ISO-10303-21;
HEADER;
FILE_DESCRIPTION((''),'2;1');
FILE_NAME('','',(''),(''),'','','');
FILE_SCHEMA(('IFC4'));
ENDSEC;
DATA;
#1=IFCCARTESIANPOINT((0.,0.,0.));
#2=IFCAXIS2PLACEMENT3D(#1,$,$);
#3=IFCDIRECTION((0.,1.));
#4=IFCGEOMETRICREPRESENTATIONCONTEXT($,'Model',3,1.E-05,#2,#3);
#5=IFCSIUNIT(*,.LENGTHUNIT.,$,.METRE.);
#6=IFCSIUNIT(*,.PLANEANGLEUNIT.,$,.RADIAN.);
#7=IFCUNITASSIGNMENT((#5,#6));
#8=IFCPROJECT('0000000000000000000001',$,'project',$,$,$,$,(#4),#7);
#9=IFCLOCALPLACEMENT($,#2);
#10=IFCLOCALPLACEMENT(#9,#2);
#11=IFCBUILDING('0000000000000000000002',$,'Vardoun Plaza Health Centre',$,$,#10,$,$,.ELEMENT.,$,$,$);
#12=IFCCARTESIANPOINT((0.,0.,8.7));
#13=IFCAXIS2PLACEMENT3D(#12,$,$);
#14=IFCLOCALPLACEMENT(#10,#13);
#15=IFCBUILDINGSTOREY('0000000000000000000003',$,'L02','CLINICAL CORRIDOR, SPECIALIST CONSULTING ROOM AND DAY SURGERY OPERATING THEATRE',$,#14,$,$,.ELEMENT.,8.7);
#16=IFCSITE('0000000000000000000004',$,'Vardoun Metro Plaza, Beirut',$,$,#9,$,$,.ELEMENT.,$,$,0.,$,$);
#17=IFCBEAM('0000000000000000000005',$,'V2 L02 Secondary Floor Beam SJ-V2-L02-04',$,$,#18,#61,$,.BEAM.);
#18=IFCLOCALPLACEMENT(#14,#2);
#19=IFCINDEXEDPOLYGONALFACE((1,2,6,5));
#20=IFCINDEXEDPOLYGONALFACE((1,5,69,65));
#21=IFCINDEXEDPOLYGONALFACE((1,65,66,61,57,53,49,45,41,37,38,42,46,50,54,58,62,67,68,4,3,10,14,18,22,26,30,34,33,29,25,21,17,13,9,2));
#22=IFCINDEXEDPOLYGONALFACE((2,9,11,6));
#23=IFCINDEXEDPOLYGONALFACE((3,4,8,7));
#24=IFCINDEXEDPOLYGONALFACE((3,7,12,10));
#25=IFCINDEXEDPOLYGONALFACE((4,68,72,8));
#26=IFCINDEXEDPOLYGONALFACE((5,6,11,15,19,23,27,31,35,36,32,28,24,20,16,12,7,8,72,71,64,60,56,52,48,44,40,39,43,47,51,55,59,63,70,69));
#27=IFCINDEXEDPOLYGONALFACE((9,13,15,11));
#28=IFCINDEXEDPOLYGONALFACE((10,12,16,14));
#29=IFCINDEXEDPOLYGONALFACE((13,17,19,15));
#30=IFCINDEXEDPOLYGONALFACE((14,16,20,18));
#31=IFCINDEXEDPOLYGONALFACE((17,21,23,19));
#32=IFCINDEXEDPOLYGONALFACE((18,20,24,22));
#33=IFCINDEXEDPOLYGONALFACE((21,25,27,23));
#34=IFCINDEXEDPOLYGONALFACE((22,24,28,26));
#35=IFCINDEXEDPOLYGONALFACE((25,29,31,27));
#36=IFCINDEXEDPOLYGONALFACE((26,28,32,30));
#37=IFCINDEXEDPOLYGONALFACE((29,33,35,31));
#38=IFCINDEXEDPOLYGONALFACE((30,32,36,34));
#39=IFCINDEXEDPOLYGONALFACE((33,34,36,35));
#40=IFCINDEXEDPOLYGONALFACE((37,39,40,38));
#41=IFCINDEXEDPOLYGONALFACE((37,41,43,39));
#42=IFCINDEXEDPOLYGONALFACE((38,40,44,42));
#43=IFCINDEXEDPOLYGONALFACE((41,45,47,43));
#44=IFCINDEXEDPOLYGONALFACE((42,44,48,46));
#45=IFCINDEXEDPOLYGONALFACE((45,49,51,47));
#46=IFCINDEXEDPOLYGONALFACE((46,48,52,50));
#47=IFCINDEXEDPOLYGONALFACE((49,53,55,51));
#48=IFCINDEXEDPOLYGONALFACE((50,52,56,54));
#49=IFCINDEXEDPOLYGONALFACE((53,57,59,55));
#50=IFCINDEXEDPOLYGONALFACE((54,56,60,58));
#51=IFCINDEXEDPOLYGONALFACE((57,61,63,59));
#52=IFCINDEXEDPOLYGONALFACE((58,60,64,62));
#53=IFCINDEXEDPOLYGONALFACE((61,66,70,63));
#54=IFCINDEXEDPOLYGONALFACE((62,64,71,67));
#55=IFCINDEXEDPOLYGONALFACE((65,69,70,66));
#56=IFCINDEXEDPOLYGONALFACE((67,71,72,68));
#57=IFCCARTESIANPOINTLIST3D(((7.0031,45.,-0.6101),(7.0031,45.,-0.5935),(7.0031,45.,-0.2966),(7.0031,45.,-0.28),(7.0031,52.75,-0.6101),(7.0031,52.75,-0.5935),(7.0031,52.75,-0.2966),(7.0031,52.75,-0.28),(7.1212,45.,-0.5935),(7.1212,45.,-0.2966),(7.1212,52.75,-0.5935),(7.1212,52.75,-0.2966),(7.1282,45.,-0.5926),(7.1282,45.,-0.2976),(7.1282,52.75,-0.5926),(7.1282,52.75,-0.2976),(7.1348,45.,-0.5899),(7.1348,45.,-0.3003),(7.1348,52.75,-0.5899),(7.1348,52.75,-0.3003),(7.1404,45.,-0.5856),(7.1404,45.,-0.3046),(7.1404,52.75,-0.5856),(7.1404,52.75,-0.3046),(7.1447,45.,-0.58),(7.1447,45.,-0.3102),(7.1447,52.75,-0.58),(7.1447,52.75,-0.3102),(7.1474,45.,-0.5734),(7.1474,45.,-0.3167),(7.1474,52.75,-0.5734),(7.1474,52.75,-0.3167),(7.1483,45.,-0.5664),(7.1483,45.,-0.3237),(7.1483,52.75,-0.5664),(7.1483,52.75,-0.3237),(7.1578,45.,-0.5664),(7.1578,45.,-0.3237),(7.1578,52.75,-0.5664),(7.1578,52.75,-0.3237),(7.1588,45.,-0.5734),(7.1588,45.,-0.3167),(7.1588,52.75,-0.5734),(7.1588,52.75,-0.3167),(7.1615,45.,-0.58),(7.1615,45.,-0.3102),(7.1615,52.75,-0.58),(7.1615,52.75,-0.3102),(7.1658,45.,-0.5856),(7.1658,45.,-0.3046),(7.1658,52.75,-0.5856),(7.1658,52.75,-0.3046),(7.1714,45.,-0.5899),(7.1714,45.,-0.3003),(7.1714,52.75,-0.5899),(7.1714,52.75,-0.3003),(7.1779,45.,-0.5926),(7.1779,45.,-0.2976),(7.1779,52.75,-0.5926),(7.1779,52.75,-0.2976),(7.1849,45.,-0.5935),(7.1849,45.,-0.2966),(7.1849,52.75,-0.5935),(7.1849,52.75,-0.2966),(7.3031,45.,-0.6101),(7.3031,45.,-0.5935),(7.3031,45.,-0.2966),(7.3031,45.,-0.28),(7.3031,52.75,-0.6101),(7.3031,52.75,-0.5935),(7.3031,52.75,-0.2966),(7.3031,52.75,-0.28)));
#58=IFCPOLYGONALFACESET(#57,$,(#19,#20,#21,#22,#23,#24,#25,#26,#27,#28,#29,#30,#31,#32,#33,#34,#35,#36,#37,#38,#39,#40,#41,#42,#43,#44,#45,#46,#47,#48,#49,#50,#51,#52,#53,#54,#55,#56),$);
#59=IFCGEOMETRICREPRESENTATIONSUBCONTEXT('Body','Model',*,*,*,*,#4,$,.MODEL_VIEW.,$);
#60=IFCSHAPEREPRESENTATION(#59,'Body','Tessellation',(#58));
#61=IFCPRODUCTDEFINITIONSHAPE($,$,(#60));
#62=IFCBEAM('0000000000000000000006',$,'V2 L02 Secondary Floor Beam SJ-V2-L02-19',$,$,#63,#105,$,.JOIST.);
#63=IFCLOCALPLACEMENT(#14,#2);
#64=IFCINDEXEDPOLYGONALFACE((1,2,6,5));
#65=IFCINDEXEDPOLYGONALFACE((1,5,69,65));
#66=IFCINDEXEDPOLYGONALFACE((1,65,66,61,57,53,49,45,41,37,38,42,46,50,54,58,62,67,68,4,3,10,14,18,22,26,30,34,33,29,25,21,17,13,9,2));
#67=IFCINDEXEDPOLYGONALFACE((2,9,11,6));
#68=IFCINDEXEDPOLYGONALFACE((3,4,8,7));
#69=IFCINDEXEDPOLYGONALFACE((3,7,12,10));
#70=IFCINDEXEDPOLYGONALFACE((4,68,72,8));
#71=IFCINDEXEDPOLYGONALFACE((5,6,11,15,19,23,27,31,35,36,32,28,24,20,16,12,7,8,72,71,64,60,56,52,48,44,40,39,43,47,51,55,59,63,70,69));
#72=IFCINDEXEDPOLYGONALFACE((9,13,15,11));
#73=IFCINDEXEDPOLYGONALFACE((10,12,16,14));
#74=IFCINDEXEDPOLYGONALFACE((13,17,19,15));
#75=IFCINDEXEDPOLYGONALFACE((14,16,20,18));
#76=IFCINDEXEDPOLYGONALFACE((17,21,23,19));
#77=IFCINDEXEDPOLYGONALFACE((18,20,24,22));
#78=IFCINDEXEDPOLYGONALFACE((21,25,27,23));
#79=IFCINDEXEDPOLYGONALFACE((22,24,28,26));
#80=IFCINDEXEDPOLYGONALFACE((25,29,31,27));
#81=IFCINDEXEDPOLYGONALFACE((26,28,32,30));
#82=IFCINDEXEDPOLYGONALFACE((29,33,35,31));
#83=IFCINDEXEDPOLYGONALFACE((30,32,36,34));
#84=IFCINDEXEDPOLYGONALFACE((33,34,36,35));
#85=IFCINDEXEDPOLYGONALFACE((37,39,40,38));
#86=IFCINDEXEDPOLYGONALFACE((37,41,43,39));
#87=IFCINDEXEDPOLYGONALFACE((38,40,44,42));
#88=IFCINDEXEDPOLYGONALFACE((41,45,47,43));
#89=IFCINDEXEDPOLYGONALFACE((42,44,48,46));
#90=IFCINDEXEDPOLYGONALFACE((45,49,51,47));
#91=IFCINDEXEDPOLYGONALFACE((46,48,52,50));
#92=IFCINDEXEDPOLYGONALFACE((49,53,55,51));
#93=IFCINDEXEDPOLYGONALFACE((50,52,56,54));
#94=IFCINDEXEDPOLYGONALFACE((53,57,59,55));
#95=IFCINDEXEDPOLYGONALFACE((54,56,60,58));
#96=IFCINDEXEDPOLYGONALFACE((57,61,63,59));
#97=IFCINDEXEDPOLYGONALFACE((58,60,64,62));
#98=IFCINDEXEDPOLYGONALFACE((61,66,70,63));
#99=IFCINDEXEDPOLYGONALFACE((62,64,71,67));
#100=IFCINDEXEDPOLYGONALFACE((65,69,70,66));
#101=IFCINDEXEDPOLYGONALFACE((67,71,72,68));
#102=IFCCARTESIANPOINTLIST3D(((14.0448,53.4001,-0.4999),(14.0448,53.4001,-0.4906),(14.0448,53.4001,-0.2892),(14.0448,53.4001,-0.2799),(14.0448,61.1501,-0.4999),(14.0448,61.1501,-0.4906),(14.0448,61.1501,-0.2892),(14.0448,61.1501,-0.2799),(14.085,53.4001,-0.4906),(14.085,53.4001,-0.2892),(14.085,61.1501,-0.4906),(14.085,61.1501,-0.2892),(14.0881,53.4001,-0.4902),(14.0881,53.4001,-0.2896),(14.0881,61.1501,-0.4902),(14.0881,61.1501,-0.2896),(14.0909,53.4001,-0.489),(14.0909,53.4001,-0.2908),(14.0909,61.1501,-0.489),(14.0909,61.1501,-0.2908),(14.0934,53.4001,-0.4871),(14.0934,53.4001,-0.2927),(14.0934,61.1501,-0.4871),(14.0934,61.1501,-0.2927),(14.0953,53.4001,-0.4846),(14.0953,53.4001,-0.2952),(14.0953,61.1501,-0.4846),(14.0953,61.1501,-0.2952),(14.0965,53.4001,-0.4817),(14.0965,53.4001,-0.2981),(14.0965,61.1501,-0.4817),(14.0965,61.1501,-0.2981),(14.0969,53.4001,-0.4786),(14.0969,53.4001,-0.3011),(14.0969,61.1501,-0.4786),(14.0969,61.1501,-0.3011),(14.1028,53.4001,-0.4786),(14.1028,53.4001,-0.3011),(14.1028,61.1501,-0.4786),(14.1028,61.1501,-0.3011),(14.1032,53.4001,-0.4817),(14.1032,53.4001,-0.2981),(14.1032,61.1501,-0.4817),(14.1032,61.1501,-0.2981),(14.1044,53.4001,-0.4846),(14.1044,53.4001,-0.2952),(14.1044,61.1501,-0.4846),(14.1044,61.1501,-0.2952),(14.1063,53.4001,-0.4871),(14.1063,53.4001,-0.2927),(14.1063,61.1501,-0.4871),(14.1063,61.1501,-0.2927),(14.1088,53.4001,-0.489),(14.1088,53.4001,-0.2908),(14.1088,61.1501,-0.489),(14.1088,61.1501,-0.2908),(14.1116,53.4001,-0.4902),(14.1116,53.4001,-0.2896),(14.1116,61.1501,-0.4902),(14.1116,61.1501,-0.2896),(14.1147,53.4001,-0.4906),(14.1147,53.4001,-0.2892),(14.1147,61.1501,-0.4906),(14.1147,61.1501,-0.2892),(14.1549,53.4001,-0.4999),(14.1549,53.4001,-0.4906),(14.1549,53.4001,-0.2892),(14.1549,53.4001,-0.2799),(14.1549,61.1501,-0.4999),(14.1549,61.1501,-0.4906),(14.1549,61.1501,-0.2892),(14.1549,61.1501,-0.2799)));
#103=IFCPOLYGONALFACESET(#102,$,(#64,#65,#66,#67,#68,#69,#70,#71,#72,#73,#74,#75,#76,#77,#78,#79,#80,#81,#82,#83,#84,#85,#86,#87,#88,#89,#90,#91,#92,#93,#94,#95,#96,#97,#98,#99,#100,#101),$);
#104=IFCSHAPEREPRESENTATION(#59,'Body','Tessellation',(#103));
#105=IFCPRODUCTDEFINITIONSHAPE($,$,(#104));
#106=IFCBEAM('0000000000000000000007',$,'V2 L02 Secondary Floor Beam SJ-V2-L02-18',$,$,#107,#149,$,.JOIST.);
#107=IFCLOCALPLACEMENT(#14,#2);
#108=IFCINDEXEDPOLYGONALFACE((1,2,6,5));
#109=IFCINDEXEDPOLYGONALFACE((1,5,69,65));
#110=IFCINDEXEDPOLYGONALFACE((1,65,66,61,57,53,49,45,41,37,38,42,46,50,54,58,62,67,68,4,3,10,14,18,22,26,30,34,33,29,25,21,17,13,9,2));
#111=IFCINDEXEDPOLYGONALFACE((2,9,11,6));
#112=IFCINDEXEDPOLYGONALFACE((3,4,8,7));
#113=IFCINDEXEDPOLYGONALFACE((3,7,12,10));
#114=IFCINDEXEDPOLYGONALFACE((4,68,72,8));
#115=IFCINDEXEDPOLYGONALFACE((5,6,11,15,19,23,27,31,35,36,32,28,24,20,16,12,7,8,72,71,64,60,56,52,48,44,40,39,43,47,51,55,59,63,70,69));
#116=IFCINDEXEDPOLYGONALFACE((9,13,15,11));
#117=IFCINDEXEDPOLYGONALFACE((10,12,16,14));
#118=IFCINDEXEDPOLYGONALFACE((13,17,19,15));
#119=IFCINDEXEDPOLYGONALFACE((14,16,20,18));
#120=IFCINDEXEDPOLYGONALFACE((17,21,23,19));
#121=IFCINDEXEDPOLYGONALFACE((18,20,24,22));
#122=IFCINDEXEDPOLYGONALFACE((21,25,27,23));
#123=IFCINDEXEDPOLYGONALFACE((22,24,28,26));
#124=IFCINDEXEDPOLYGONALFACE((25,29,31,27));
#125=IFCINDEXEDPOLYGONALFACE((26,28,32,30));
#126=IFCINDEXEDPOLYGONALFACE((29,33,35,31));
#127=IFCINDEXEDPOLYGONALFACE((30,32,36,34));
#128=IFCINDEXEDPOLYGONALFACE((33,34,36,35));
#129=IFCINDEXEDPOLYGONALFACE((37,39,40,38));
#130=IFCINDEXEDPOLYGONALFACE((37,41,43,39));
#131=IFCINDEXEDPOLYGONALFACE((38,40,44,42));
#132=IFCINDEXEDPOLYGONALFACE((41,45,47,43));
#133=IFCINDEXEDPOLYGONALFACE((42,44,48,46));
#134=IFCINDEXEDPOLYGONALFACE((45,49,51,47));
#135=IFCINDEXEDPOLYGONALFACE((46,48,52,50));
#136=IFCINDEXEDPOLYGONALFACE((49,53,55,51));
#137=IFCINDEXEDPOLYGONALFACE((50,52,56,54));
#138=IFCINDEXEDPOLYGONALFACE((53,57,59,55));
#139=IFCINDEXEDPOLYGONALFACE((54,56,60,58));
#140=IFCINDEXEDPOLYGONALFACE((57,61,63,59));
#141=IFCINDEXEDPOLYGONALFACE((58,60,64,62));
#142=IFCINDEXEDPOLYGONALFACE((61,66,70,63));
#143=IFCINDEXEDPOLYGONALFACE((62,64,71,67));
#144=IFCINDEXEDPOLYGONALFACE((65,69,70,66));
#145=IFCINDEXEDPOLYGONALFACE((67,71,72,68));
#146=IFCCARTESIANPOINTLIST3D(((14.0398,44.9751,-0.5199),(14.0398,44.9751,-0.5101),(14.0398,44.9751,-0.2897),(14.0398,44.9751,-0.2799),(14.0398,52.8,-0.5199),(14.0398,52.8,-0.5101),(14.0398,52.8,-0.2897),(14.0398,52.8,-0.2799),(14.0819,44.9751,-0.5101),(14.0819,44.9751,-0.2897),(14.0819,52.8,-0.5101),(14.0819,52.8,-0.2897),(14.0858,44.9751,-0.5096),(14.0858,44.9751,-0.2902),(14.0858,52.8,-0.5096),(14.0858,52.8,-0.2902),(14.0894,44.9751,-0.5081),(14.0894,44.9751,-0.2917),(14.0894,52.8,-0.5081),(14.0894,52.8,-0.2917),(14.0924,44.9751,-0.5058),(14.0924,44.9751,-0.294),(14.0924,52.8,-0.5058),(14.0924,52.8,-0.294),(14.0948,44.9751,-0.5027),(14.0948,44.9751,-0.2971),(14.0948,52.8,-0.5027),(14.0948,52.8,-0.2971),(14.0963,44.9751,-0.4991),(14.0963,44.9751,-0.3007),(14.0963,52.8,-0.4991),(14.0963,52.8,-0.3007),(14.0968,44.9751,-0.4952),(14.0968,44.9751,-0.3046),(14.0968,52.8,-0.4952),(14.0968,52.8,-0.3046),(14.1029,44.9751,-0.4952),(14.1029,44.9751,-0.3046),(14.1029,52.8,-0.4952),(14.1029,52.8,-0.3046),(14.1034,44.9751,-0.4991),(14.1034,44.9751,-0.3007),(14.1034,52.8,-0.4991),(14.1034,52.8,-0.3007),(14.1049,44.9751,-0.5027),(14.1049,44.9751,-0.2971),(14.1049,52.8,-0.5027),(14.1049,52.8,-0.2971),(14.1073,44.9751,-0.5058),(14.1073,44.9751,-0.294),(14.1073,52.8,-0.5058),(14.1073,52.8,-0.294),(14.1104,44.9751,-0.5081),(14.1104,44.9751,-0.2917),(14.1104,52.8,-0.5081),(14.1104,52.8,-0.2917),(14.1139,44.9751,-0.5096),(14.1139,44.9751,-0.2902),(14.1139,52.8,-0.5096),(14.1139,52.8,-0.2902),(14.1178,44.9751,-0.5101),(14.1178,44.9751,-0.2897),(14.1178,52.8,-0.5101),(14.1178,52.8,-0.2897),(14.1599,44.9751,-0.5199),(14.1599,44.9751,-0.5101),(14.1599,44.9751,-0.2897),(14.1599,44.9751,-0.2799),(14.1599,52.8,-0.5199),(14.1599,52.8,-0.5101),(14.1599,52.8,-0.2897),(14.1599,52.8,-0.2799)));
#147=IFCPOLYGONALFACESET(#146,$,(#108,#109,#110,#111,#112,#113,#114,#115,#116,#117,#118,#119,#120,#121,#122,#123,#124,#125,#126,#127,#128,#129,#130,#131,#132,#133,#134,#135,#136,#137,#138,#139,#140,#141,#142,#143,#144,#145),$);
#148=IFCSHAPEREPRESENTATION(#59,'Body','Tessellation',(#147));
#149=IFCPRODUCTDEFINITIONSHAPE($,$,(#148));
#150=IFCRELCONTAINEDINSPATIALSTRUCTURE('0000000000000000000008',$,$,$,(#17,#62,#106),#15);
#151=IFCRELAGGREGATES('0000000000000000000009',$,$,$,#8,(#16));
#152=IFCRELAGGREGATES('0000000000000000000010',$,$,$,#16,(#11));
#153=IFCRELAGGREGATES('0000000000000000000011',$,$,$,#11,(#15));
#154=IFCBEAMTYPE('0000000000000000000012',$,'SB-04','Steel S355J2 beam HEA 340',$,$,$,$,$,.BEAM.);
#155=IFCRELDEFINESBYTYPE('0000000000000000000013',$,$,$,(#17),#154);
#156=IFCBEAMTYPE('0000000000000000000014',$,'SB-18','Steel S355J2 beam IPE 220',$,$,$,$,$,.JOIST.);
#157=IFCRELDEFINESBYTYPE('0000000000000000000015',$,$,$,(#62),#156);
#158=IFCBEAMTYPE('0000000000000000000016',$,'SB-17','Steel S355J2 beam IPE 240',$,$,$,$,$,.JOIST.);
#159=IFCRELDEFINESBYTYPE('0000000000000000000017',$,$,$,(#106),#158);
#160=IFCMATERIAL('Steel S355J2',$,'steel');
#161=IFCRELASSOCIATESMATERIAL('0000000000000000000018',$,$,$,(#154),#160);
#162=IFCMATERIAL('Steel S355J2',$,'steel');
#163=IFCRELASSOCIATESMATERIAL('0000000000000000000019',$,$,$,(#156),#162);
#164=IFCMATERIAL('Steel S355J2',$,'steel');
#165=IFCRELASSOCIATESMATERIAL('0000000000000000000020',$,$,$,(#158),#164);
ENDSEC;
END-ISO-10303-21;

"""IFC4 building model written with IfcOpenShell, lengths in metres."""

from ifc_helpers import new_model, si_unit, direction, frame, origin, origin_2d, place, context, subcontext, project, spatial, i_section, extrude, material, material_profile, profile_set, type_object, element, save


model = new_model("IFC4")

# Units and contexts
model_context = context("Model", 3, precision=1e-05, world=origin(), true_north=direction((0.0, 1.0)))
body_context = subcontext(model_context, "Body", "Model", "MODEL_VIEW")
ifc_project = project(units=[si_unit("LENGTHUNIT", "METRE"), si_unit("PLANEANGLEUNIT", "RADIAN")], contexts=[model_context])

# Site, building, storey
site_placement = place(None, origin())
site = spatial("IfcSite", under=ifc_project, at=site_placement, Name="Vardoun Metro Plaza, Beirut", CompositionType="ELEMENT", RefElevation=0.0)
building_placement = place(site_placement, origin())
building = spatial("IfcBuilding", under=site, at=building_placement, Name="Vardoun Plaza Health Centre", CompositionType="ELEMENT")
storey_placement = place(building_placement, frame((0.0, 0.0, 8.7)))
storey = spatial("IfcBuildingStorey", under=building, at=storey_placement, Name="L02", Description="CLINICAL CORRIDOR, SPECIALIST CONSULTING ROOM AND DAY SURGERY OPERATING THEATRE", CompositionType="ELEMENT", Elevation=8.7)

# Beams
ifc_material_1 = material(Name="Steel S355J2", Category="steel")
ifc_material_profile_1 = material_profile(ifc_material_1, i_section(OverallWidth=0.3, OverallDepth=0.3301, WebThickness=0.0095, FlangeThickness=0.0166, FilletRadius=0.0271, at=origin_2d()), Name="HEA 340")
ifc_profile_set_1 = profile_set([ifc_material_profile_1], Name="Steel S355J2")
beam_type_1 = type_object("IfcBeamType", Name="SB-04", Description="Steel S355J2 beam HEA 340", PredefinedType="BEAM", material=ifc_profile_set_1)
beam_1_placement = place(storey_placement, frame((7.1531, 45.0, -0.4451), z_axis=(0.0, 1.0, 0.0), x_axis=(-1.0, 0.0, 0.0)))
element("IfcBeam", 1, at=beam_1_placement, inside=storey, type_object=beam_type_1, Name="V2 L02 Secondary Floor Beam SJ-V2-L02-04", PredefinedType="BEAM", context=body_context, shape_type="SweptSolid", body=[
    extrude(i_section(OverallWidth=0.3, OverallDepth=0.3301, WebThickness=0.0095, FlangeThickness=0.0166, FilletRadius=0.0271, at=origin_2d()), origin(), (0.0, 0.0, 1.0), 7.75),
])
ifc_material_2 = material(Name="Steel S355J2", Category="steel")
ifc_material_profile_2 = material_profile(ifc_material_2, i_section(OverallWidth=0.1101, OverallDepth=0.22, WebThickness=0.0059, FlangeThickness=0.0093, FilletRadius=0.012, at=origin_2d()), Name="IPE 220")
ifc_profile_set_2 = profile_set([ifc_material_profile_2], Name="Steel S355J2")
beam_type_2 = type_object("IfcBeamType", Name="SB-18", Description="Steel S355J2 beam IPE 220", PredefinedType="JOIST", material=ifc_profile_set_2)
beam_2_placement = place(storey_placement, frame((14.0999, 53.4001, -0.3899), z_axis=(0.0, 1.0, 0.0), x_axis=(-1.0, 0.0, 0.0)))
element("IfcBeam", 2, at=beam_2_placement, inside=storey, type_object=beam_type_2, Name="V2 L02 Secondary Floor Beam SJ-V2-L02-19", PredefinedType="JOIST", context=body_context, shape_type="SweptSolid", body=[
    extrude(i_section(OverallWidth=0.1101, OverallDepth=0.22, WebThickness=0.0059, FlangeThickness=0.0093, FilletRadius=0.012, at=origin_2d()), origin(), (0.0, 0.0, 1.0), 7.75),
])
ifc_material_3 = material(Name="Steel S355J2", Category="steel")
ifc_material_profile_3 = material_profile(ifc_material_3, i_section(OverallWidth=0.1201, OverallDepth=0.24, WebThickness=0.0061, FlangeThickness=0.0098, FilletRadius=0.0149, at=origin_2d()), Name="IPE 240")
ifc_profile_set_3 = profile_set([ifc_material_profile_3], Name="Steel S355J2")
beam_type_3 = type_object("IfcBeamType", Name="SB-17", Description="Steel S355J2 beam IPE 240", PredefinedType="JOIST", material=ifc_profile_set_3)
beam_3_placement = place(storey_placement, frame((14.0999, 44.9751, -0.3999), z_axis=(0.0, 1.0, 0.0), x_axis=(-1.0, 0.0, 0.0)))
element("IfcBeam", 3, at=beam_3_placement, inside=storey, type_object=beam_type_3, Name="V2 L02 Secondary Floor Beam SJ-V2-L02-18", PredefinedType="JOIST", context=body_context, shape_type="SweptSolid", body=[
    extrude(i_section(OverallWidth=0.1201, OverallDepth=0.24, WebThickness=0.0061, FlangeThickness=0.0098, FilletRadius=0.0149, at=origin_2d()), origin(), (0.0, 0.0, 1.0), 7.825),
])

save(model, "model.ifc")
